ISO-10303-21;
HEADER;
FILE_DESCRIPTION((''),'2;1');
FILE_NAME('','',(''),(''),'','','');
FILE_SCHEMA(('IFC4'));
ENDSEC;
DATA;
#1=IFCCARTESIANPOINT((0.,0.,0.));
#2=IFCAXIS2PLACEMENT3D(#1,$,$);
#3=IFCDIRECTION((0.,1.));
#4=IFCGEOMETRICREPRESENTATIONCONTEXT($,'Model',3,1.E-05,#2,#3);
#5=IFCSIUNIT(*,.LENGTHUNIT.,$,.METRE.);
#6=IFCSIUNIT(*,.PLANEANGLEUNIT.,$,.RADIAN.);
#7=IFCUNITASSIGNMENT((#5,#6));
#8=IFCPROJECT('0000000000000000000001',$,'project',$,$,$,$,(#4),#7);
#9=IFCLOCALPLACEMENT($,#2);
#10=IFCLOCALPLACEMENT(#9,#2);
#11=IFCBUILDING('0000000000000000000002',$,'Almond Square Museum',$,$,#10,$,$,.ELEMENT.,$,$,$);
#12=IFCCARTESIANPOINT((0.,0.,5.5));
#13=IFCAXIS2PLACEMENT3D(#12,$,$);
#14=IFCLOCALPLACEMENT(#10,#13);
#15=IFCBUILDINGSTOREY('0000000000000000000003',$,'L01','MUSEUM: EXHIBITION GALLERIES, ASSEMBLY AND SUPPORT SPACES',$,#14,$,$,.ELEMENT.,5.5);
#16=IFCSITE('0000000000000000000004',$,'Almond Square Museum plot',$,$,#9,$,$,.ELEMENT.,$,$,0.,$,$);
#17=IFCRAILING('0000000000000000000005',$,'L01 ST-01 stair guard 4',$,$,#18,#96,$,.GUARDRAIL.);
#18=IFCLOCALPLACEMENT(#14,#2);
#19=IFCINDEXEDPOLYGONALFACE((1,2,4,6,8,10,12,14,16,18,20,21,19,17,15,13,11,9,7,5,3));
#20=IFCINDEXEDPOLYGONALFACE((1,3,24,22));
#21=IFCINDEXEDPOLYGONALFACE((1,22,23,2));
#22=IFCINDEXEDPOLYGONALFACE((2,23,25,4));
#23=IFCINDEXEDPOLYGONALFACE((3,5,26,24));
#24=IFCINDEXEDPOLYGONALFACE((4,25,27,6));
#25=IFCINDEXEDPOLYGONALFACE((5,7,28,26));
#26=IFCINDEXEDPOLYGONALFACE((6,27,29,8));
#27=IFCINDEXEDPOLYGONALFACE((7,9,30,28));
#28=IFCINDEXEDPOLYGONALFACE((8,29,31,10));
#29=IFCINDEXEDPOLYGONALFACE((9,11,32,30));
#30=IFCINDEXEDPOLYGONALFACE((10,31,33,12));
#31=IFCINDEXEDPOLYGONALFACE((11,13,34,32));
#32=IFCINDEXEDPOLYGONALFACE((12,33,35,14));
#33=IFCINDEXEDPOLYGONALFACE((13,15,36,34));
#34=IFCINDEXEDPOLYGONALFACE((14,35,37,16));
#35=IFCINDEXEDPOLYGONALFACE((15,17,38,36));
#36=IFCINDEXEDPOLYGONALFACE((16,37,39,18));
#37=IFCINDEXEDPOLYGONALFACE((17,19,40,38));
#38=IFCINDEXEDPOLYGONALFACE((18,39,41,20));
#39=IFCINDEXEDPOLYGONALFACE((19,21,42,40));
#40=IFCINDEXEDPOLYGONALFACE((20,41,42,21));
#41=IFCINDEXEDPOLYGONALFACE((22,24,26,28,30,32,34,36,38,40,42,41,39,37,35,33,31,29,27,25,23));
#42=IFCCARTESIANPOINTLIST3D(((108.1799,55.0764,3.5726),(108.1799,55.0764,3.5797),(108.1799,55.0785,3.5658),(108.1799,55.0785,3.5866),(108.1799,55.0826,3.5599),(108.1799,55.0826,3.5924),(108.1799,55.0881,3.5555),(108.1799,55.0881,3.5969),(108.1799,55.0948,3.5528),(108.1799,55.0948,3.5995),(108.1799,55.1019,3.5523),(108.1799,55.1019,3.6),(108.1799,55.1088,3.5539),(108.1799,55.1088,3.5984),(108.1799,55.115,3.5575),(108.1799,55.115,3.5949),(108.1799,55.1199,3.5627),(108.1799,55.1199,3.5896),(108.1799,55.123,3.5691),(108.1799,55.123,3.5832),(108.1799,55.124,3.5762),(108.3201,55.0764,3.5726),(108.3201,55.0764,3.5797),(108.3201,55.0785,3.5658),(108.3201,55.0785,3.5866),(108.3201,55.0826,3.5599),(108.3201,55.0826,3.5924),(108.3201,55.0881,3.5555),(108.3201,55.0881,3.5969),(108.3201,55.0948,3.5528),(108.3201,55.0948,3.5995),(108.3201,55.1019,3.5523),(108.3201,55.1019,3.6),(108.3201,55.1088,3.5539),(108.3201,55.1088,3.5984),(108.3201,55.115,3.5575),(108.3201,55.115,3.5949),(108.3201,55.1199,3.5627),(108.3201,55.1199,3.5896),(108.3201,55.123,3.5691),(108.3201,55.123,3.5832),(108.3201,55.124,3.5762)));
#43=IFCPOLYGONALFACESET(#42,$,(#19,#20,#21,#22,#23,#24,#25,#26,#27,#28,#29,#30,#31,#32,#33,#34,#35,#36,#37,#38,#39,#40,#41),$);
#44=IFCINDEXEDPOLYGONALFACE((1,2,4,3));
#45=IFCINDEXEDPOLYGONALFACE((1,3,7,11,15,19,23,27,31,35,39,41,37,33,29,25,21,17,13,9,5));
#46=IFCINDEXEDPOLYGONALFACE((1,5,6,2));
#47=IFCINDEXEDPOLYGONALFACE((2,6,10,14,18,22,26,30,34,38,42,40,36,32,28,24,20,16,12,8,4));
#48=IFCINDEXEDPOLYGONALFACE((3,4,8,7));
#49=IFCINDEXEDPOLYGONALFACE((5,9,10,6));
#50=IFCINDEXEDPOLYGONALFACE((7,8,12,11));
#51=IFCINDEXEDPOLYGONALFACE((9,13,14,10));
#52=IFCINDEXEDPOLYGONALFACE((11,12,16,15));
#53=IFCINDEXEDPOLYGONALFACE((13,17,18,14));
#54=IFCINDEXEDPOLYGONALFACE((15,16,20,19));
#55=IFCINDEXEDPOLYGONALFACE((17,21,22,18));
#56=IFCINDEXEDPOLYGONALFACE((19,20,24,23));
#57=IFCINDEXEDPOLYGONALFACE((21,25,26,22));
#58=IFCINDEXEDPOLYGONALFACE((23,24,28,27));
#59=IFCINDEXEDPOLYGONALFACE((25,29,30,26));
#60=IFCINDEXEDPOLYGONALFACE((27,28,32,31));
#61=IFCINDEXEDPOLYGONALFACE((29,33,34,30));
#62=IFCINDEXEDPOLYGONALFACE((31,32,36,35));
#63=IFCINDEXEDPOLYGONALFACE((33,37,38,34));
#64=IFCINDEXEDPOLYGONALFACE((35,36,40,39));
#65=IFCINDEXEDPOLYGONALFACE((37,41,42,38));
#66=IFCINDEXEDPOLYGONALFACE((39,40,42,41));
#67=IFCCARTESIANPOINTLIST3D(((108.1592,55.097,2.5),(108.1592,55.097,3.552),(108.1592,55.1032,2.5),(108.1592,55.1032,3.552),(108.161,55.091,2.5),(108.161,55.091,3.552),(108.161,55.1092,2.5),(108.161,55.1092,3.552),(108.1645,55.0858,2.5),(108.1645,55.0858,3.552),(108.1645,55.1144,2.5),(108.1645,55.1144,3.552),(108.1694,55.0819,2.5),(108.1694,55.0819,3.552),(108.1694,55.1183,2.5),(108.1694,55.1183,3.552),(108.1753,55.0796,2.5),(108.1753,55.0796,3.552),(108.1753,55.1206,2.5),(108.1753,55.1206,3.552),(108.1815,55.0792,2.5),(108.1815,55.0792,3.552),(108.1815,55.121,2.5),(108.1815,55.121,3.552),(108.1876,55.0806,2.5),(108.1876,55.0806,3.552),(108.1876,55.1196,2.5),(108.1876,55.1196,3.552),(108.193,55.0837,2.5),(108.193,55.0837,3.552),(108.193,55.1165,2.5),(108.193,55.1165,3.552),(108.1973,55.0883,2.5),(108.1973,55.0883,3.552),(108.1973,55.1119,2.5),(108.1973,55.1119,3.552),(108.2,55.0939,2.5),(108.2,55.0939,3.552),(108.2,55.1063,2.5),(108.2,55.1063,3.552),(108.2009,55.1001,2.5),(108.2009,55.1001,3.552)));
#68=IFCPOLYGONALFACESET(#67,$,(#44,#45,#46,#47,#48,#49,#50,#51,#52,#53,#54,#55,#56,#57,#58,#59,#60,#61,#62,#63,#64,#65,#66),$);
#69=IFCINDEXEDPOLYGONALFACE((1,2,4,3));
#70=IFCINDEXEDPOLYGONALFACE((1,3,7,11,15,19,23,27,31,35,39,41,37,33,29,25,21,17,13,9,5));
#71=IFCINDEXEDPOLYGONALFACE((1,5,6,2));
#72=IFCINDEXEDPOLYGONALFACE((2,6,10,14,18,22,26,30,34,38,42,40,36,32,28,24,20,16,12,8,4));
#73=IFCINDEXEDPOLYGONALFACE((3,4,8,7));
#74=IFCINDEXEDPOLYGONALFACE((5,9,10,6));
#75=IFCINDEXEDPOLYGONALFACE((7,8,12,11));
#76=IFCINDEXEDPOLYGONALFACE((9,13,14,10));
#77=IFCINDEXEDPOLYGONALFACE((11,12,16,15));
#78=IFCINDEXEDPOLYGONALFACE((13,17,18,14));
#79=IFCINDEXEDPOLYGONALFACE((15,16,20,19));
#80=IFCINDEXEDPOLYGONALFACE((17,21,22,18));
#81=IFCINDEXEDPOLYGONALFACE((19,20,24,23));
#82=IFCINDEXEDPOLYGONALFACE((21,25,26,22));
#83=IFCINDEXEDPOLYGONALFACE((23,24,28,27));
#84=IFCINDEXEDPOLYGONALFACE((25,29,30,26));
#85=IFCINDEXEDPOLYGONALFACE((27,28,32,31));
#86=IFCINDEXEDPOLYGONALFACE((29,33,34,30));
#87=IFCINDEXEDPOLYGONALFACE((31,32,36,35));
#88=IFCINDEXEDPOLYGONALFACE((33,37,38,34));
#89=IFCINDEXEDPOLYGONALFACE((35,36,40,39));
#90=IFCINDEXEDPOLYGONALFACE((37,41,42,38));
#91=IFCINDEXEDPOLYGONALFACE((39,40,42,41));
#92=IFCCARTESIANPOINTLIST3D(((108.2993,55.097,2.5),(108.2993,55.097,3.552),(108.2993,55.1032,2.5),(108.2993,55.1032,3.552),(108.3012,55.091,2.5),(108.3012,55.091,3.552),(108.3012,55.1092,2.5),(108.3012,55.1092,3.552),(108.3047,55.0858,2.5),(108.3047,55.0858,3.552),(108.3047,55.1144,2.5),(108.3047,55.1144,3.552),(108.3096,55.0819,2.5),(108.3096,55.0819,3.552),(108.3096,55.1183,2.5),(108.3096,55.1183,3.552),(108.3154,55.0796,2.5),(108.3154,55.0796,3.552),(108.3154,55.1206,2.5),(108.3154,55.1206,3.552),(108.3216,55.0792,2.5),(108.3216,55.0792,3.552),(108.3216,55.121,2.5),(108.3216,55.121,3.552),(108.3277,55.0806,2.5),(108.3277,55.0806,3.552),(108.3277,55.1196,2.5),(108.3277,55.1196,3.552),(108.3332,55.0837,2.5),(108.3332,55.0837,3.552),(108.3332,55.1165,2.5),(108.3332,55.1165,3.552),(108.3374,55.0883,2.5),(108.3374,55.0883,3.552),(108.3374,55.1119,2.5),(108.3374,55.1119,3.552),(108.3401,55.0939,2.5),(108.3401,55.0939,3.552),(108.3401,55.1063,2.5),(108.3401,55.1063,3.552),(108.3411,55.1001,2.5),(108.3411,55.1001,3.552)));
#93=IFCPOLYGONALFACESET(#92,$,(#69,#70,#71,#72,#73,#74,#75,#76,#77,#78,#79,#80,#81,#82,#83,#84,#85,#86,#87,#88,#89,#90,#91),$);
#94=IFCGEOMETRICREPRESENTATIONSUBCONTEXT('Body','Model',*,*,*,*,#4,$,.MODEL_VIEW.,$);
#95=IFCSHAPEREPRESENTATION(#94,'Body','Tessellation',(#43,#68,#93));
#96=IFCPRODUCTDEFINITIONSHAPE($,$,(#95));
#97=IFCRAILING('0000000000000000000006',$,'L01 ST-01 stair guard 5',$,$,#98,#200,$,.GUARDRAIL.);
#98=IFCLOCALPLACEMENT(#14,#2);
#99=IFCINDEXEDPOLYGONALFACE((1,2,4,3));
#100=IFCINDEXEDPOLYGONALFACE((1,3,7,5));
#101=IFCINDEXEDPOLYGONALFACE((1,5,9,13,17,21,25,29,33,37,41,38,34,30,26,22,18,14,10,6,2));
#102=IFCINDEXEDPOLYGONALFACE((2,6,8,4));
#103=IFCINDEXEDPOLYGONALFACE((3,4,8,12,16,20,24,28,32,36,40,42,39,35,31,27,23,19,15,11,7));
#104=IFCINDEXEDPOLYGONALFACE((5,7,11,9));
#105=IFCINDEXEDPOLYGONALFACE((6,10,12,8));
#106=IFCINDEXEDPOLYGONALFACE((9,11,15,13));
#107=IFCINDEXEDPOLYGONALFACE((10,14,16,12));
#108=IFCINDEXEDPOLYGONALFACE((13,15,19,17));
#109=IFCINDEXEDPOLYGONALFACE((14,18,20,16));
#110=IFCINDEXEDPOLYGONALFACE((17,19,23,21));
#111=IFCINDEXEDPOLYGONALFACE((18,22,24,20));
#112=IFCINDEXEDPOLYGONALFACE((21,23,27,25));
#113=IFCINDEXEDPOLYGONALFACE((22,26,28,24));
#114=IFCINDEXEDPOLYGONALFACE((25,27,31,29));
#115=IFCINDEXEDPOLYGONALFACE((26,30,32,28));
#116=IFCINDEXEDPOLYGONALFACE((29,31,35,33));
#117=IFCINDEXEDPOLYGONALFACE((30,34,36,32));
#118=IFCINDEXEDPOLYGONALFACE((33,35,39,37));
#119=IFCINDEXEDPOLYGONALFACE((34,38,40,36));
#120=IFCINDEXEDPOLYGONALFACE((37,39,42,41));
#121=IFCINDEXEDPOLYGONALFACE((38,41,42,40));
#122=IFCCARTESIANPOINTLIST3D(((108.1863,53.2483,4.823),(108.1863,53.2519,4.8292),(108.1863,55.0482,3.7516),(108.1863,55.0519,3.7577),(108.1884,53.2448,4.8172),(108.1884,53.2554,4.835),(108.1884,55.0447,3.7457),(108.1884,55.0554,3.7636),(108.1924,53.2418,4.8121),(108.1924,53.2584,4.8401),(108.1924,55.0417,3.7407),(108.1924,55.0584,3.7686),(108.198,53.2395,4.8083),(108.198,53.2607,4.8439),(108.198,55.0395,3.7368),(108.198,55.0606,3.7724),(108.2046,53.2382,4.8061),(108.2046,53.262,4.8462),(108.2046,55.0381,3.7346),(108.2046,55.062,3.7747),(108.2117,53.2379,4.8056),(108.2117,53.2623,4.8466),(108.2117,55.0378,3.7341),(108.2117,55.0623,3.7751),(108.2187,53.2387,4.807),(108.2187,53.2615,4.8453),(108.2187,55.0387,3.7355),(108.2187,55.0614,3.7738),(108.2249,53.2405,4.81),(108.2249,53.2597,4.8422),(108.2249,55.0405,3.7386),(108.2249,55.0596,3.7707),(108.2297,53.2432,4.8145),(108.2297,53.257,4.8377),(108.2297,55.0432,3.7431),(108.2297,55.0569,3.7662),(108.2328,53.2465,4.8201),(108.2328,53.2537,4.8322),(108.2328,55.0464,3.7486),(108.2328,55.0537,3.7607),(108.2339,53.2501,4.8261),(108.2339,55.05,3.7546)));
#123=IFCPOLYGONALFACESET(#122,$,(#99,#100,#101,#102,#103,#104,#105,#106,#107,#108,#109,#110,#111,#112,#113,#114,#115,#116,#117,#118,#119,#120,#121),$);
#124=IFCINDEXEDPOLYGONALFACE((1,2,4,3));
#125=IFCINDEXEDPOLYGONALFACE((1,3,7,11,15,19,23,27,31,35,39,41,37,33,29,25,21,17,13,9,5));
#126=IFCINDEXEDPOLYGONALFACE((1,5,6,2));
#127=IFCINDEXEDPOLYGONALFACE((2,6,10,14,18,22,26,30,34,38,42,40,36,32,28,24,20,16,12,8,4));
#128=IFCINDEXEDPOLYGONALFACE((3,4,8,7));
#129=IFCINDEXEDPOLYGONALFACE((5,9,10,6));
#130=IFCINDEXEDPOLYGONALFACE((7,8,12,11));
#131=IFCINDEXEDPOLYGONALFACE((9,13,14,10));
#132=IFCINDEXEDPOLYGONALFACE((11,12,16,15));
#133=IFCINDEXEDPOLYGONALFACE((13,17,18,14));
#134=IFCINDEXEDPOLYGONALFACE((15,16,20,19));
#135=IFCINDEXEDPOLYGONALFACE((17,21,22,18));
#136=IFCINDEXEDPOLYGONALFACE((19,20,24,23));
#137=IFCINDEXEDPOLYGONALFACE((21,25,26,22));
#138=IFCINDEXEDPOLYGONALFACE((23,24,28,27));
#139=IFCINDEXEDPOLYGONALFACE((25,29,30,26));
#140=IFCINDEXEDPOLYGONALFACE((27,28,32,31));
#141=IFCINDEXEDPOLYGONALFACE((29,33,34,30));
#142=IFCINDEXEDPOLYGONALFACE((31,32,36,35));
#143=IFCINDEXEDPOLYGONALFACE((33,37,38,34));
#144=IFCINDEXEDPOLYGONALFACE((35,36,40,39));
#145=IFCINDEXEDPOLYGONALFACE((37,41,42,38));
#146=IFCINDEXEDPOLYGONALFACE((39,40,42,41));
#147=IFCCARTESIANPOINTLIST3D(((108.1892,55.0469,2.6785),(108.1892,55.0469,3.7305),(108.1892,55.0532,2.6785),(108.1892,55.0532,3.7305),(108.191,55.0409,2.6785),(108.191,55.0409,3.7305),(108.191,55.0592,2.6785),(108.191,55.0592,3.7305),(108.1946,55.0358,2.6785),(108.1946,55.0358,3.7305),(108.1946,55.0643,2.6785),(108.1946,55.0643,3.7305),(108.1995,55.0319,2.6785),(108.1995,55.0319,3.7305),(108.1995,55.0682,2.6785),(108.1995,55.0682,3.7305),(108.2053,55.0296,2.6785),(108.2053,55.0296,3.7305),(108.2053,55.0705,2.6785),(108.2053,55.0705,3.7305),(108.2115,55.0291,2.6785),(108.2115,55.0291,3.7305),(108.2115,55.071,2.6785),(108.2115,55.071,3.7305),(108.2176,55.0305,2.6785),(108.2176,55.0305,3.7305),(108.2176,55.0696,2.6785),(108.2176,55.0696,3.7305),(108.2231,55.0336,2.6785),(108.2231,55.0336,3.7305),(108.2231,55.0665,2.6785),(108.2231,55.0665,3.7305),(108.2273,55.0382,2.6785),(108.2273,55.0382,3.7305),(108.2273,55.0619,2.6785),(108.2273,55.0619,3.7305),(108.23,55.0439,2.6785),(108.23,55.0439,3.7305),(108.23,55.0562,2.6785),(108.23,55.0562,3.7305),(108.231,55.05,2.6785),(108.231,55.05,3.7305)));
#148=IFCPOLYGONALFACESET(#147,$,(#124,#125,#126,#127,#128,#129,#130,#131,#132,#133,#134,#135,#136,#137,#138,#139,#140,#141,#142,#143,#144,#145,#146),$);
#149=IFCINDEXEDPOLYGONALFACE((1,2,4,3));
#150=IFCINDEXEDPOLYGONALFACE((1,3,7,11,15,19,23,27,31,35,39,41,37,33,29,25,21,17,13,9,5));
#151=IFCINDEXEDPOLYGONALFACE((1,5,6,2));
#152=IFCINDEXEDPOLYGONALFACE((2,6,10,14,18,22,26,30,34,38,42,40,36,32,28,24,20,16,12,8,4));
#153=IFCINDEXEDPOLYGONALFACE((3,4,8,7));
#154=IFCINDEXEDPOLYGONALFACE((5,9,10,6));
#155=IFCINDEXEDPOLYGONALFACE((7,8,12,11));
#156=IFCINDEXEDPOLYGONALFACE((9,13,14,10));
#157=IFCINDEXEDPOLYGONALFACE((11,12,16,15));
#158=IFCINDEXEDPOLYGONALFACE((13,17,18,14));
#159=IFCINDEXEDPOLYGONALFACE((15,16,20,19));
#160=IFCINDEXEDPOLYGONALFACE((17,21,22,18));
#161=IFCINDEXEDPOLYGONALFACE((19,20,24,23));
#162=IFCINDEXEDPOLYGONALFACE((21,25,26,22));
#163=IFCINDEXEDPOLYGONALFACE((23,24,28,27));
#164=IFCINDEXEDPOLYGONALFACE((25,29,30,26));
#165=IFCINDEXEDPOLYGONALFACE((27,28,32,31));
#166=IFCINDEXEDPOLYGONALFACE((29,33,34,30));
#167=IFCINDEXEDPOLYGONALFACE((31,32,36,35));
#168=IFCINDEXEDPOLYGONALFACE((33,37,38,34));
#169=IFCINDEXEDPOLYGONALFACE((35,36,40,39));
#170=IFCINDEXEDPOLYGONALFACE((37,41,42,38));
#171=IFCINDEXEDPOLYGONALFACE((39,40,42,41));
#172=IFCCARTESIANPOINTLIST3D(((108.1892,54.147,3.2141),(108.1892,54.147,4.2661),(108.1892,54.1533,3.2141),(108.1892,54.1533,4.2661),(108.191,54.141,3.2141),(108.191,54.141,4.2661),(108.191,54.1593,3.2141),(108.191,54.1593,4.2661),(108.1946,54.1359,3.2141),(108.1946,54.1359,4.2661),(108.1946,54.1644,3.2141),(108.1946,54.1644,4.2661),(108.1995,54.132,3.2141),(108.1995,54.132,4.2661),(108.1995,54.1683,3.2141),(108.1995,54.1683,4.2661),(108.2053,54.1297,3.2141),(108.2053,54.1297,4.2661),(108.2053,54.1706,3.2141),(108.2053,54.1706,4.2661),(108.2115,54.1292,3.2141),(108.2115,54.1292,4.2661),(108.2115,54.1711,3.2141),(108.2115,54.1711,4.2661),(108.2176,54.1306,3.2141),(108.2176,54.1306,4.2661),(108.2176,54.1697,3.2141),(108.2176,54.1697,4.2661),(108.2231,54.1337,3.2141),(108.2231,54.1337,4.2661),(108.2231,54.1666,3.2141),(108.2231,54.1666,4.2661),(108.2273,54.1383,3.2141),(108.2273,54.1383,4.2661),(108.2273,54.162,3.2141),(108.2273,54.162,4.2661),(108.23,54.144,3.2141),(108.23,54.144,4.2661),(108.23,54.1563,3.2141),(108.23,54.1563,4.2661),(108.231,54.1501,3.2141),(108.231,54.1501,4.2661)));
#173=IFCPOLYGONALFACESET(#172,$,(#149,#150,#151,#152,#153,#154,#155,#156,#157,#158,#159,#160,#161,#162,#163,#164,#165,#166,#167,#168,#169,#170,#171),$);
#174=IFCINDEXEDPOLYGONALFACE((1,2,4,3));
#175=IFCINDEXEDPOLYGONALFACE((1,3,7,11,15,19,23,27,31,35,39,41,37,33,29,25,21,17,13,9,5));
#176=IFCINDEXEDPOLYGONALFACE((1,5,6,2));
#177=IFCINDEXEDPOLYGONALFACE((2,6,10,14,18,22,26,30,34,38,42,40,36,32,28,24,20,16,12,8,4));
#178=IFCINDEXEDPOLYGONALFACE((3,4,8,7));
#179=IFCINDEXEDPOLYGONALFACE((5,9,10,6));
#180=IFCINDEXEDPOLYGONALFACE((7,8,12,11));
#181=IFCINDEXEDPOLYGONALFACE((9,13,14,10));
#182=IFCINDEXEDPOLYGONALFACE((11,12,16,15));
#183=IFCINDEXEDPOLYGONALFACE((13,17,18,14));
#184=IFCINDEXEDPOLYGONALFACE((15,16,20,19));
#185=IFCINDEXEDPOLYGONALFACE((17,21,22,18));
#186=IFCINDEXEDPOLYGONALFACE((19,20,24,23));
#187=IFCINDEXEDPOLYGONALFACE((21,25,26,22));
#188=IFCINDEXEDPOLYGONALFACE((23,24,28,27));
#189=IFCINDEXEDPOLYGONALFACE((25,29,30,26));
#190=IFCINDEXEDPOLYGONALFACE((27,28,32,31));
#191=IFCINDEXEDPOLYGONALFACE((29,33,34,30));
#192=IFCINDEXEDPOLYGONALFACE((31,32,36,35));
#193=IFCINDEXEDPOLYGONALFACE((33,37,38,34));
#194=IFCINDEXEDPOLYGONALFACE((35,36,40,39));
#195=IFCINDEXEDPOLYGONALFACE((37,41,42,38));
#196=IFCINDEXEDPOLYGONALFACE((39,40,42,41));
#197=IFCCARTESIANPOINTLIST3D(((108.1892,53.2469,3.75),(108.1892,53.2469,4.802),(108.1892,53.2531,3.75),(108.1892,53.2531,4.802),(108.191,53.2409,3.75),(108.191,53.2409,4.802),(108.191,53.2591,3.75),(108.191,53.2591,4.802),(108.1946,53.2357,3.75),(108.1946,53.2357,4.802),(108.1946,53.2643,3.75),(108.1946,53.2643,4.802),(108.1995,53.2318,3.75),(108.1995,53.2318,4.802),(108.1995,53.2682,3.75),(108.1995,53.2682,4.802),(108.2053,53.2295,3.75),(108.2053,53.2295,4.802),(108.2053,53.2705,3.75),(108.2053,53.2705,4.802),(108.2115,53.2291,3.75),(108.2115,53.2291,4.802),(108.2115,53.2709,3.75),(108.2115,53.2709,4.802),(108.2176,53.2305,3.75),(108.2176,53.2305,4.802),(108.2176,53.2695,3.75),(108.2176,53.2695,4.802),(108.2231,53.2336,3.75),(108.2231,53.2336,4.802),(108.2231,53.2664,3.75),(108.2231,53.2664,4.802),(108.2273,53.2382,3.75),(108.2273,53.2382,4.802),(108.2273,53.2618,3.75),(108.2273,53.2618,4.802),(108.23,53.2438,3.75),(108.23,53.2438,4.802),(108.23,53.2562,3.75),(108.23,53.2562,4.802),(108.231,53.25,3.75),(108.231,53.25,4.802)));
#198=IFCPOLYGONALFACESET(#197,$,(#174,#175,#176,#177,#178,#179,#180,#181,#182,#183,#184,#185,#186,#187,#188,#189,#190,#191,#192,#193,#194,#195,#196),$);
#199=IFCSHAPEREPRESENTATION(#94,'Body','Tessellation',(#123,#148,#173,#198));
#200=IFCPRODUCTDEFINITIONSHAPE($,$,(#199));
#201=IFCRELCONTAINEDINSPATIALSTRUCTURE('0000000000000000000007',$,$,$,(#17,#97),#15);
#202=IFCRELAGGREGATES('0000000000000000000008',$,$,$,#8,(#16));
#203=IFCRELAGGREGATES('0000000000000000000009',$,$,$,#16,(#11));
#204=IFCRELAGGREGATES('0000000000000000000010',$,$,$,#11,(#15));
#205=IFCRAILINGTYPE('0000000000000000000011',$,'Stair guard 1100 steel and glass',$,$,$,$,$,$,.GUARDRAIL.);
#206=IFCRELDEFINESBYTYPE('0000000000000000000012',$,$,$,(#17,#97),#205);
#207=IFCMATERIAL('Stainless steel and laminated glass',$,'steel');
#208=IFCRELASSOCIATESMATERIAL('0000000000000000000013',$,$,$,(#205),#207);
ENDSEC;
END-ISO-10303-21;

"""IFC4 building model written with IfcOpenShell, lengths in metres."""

from ifc_helpers import new_model, si_unit, direction, frame, origin, origin_2d, place, context, subcontext, project, spatial, circle, extrude, material, type_object, element, save


model = new_model("IFC4")

# Units and contexts
model_context = context("Model", 3, precision=1e-05, world=origin(), true_north=direction((0.0, 1.0)))
body_context = subcontext(model_context, "Body", "Model", "MODEL_VIEW")
ifc_project = project(units=[si_unit("LENGTHUNIT", "METRE"), si_unit("PLANEANGLEUNIT", "RADIAN")], contexts=[model_context])

# Site, building, storey
site_placement = place(None, origin())
site = spatial("IfcSite", under=ifc_project, at=site_placement, Name="Almond Square Museum plot", CompositionType="ELEMENT", RefElevation=0.0)
building_placement = place(site_placement, origin())
building = spatial("IfcBuilding", under=site, at=building_placement, Name="Almond Square Museum", CompositionType="ELEMENT")
storey_placement = place(building_placement, frame((0.0, 0.0, 5.5)))
storey = spatial("IfcBuildingStorey", under=building, at=storey_placement, Name="L01", Description="MUSEUM: EXHIBITION GALLERIES, ASSEMBLY AND SUPPORT SPACES", CompositionType="ELEMENT", Elevation=5.5)

# Railings
ifc_material_1 = material(Name="Stainless steel and laminated glass", Category="steel")
railing_type_1 = type_object("IfcRailingType", Name="Stair guard 1100 steel and glass", PredefinedType="GUARDRAIL", material=ifc_material_1)
railing_1_placement = place(storey_placement, frame((108.1799, 55.1001, 2.5)))
element("IfcRailing", 1, at=railing_1_placement, inside=storey, type_object=railing_type_1, Name="L01 ST-01 stair guard 4", PredefinedType="GUARDRAIL", context=body_context, shape_type="SweptSolid", body=[
    extrude(circle(Radius=0.0239, at=origin_2d()), frame((0.0, 0.0, 1.0762), z_axis=(1.0, 0.0, 0.0), x_axis=(0.0, 1.0, 0.0)), (0.0, 0.0, 1.0), 0.1401),
    extrude(circle(Radius=0.021, at=origin_2d()), origin(), (0.0, 0.0, 1.0), 1.052),
    extrude(circle(Radius=0.021, at=origin_2d()), frame((0.1401, 0.0, 0.0)), (0.0, 0.0, 1.0), 1.052),
])
railing_2_placement = place(storey_placement, frame((108.21, 55.05, 2.6785)))
element("IfcRailing", 2, at=railing_2_placement, inside=storey, type_object=railing_type_1, Name="L01 ST-01 stair guard 5", PredefinedType="GUARDRAIL", context=body_context, shape_type="SweptSolid", body=[
    extrude(circle(Radius=0.0239, at=origin_2d()), frame((0.0, 0.0, 1.0762), z_axis=(0.0, -0.859277, 0.51151), x_axis=(1.0, 0.0, 0.0)), (0.0, 0.0, 1.0), 2.0947),
    extrude(circle(Radius=0.021, at=origin_2d()), origin(), (0.0, 0.0, 1.0), 1.052),
    extrude(circle(Radius=0.021, at=origin_2d()), frame((0.0, -0.8999, 0.5356)), (0.0, 0.0, 1.0), 1.052),
    extrude(circle(Radius=0.021, at=origin_2d()), frame((0.0, -1.8, 1.0715)), (0.0, 0.0, 1.0), 1.052),
])

save(model, "model.ifc")
